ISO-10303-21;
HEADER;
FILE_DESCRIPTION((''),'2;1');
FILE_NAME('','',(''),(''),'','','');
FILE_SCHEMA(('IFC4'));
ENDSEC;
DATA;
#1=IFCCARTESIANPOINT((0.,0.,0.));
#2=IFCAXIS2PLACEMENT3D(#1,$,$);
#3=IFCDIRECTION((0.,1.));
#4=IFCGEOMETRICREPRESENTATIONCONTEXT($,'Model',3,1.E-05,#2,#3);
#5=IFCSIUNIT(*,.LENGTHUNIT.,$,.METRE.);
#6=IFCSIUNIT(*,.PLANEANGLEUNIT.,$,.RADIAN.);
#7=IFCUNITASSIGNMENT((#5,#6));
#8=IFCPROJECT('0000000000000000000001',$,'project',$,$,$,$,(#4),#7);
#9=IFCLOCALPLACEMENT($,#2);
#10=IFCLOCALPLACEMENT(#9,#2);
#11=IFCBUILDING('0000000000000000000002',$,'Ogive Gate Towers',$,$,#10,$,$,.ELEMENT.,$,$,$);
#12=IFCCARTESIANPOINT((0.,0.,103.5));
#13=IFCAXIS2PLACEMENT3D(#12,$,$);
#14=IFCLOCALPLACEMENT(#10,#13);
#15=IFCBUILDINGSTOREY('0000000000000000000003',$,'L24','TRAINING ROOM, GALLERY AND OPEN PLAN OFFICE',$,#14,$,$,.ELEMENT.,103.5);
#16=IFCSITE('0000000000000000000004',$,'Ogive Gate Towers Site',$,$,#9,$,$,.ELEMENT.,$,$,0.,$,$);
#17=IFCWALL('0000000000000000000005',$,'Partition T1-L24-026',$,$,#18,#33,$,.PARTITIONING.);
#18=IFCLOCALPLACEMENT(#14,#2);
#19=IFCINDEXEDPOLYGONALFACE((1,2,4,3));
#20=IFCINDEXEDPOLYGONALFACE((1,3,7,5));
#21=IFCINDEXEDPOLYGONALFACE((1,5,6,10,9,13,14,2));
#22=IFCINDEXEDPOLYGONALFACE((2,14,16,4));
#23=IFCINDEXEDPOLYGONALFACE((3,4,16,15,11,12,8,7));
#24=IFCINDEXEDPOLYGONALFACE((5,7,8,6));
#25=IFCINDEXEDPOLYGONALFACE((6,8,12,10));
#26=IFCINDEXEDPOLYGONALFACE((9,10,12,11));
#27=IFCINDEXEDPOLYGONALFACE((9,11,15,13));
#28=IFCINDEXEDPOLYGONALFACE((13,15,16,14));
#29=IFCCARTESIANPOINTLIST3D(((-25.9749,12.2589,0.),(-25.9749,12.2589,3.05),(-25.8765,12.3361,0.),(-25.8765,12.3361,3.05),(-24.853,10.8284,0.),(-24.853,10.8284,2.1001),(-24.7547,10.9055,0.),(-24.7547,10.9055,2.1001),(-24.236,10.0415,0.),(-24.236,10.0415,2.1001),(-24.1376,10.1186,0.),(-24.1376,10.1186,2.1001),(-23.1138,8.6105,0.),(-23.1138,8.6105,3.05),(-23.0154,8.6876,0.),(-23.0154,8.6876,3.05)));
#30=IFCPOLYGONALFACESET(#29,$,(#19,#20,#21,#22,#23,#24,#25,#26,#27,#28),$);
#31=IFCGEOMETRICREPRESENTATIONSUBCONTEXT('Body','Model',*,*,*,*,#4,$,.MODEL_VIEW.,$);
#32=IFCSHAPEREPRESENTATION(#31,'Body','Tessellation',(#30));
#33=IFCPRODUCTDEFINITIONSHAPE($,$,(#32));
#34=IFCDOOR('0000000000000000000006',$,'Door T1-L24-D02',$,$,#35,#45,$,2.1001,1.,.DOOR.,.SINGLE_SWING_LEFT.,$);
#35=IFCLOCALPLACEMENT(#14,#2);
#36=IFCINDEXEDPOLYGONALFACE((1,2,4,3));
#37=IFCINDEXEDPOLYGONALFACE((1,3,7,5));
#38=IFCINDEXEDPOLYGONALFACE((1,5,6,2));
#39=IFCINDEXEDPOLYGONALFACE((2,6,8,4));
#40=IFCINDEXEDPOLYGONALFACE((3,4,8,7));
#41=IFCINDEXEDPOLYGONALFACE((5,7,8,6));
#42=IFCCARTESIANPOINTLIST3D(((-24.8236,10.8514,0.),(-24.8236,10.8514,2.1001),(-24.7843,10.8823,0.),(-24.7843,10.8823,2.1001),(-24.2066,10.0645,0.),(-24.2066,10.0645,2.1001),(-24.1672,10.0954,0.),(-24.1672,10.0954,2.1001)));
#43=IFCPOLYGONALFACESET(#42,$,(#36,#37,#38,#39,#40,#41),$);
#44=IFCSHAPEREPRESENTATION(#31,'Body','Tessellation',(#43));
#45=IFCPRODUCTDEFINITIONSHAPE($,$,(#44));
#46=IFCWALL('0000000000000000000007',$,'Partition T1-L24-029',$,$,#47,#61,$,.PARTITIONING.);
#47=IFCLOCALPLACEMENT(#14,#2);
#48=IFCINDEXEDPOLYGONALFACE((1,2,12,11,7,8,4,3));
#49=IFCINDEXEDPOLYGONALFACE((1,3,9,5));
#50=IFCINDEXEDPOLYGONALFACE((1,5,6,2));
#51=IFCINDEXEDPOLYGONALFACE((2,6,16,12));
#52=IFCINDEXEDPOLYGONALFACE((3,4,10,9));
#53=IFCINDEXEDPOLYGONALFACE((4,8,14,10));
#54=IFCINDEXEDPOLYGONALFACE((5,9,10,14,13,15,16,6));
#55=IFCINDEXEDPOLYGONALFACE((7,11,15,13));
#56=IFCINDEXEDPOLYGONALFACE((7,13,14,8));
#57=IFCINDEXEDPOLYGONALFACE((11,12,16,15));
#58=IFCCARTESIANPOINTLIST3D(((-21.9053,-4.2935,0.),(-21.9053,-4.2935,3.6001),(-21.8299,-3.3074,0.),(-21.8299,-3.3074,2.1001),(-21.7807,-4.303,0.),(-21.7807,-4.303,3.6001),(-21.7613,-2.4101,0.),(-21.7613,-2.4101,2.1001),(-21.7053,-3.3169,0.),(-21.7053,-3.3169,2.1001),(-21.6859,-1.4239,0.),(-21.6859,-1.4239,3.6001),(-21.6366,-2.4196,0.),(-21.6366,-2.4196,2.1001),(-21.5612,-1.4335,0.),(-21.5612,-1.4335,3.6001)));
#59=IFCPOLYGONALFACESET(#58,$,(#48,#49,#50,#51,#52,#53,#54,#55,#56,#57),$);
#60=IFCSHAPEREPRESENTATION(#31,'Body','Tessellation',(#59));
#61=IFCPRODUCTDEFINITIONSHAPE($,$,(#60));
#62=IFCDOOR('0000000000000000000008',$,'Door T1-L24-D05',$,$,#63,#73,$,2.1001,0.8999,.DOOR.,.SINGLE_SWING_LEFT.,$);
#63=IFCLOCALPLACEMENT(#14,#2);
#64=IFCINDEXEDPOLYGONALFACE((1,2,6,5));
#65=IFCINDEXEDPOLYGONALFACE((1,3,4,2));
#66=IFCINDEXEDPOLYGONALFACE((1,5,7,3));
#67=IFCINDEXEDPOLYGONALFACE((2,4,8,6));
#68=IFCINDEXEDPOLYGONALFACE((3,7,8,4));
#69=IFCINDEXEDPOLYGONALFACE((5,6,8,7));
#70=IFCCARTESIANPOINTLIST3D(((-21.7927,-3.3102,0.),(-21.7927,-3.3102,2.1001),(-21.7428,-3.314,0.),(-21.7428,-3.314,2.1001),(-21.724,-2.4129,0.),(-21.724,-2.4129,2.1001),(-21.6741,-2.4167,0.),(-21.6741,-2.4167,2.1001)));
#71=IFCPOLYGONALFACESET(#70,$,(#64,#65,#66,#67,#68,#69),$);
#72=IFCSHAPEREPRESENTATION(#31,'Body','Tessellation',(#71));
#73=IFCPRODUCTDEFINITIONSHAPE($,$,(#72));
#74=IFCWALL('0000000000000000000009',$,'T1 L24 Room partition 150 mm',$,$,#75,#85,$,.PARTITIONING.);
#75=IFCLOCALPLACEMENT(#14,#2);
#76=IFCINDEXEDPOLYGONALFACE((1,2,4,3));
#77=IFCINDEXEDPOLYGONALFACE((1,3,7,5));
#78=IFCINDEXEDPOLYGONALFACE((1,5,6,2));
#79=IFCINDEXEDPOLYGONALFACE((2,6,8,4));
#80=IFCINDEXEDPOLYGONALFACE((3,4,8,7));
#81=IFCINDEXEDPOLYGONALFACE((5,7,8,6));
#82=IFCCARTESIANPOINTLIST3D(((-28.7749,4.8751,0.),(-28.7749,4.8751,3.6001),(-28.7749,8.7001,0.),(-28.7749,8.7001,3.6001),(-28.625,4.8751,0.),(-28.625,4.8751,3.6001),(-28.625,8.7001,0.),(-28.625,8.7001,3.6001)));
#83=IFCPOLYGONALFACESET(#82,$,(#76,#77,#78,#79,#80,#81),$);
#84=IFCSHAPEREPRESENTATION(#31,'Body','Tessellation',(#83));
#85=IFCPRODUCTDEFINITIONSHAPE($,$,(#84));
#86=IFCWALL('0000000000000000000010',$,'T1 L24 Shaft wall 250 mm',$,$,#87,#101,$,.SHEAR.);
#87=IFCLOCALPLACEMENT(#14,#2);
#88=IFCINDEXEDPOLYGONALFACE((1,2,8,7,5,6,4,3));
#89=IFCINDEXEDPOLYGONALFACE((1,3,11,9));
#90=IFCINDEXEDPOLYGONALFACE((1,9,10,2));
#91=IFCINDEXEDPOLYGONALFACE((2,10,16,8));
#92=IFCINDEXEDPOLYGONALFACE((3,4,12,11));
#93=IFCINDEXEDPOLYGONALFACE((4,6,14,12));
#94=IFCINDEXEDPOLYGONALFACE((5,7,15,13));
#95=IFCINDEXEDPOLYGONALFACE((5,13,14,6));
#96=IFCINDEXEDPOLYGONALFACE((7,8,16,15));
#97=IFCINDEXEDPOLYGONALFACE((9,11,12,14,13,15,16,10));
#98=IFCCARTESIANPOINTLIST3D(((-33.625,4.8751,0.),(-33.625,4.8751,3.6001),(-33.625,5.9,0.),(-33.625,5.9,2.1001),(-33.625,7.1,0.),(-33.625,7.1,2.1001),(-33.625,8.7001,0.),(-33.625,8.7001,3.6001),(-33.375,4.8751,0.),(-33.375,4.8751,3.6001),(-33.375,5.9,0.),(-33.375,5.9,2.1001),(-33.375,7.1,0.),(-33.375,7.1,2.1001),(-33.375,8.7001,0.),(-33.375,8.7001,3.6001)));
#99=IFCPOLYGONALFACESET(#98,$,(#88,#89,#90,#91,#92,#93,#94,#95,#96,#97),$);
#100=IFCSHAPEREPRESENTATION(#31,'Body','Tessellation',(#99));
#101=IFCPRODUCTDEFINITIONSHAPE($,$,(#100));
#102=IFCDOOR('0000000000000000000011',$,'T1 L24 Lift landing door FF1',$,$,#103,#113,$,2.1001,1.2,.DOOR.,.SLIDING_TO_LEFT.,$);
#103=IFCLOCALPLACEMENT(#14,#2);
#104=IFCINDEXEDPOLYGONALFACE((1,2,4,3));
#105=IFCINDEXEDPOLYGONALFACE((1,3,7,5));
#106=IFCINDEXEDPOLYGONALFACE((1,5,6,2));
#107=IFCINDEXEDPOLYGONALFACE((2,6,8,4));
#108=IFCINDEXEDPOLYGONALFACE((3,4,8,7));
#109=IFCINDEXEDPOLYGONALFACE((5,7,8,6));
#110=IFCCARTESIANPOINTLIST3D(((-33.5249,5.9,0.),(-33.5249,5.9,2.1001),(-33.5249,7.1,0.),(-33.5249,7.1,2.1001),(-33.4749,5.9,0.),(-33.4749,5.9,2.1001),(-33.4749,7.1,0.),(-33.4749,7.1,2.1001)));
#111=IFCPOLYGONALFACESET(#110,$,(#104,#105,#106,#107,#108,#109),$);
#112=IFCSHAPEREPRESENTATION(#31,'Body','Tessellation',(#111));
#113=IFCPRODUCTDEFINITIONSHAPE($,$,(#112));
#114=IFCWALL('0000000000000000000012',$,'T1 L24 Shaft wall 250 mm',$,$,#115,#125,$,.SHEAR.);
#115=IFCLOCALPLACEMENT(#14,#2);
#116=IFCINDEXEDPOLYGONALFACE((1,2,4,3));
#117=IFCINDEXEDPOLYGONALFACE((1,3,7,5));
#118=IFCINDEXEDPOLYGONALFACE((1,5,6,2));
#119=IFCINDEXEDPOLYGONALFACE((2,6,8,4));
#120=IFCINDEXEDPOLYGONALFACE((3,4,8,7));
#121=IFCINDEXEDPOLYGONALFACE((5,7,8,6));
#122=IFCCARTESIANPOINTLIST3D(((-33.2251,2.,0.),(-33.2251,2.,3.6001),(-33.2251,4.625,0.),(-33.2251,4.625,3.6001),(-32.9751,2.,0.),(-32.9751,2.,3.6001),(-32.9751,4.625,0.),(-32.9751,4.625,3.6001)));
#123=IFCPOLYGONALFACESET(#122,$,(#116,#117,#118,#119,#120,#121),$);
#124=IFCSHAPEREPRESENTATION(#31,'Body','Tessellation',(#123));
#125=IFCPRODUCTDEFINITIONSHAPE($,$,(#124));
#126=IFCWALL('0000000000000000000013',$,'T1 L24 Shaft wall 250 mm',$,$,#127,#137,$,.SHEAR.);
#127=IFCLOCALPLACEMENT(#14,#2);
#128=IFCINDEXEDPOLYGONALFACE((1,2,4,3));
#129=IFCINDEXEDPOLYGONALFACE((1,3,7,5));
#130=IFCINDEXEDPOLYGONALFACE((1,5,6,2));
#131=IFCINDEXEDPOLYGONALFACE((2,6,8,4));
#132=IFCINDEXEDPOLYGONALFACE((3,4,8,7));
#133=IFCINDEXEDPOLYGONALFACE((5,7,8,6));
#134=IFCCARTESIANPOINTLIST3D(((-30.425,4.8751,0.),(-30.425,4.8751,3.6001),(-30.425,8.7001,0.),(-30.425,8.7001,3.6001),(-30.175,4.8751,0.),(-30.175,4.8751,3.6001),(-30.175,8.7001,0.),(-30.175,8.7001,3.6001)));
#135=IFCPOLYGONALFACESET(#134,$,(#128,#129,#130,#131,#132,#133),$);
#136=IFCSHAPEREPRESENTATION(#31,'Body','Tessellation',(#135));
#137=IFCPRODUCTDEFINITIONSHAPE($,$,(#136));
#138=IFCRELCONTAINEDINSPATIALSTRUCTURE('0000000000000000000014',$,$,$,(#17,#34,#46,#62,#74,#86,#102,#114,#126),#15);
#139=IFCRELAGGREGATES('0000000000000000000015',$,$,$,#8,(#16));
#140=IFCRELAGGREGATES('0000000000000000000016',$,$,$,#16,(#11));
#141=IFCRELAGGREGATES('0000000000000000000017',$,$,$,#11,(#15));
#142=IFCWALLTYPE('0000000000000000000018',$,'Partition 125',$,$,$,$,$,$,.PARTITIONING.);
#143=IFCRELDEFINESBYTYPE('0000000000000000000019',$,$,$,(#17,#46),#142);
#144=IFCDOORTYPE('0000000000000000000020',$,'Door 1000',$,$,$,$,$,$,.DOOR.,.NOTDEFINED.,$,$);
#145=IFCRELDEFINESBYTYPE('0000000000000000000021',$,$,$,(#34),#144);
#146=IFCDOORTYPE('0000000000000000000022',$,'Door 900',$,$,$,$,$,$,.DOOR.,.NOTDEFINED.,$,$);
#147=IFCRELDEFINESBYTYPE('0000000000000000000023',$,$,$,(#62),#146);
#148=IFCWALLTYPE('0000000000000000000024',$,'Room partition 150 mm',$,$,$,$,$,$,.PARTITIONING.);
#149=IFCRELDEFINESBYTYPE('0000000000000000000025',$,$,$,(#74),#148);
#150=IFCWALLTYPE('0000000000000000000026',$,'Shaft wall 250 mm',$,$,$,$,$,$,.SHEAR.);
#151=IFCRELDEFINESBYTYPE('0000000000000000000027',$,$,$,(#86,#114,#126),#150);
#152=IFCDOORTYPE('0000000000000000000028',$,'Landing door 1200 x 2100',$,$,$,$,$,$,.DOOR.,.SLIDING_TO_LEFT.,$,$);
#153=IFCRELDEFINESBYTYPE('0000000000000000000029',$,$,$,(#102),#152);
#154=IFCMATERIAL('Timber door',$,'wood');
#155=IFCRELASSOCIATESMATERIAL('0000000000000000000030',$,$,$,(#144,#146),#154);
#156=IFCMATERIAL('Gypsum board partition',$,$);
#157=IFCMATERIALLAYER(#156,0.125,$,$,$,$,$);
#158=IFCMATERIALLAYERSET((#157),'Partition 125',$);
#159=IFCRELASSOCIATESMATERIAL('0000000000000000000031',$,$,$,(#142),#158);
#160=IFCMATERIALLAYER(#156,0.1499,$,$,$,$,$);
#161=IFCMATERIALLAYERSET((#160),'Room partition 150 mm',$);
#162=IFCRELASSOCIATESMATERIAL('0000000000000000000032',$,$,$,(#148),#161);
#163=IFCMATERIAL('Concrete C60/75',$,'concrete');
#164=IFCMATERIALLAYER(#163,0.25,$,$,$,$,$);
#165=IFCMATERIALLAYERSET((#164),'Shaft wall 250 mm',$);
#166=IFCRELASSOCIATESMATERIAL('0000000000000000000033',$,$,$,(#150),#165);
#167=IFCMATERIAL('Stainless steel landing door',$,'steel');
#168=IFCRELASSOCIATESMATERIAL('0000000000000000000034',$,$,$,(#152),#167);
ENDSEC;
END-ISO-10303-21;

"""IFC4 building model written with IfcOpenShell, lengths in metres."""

from ifc_helpers import new_model, si_unit, direction, frame, frame_2d, origin, place, context, subcontext, project, spatial, rectangle, extrude, material, layer, layer_set, type_object, element, fill, save


model = new_model("IFC4")

# Units and contexts
model_context = context("Model", 3, precision=1e-05, world=origin(), true_north=direction((0.0, 1.0)))
body_context = subcontext(model_context, "Body", "Model", "MODEL_VIEW")
ifc_project = project(units=[si_unit("LENGTHUNIT", "METRE"), si_unit("PLANEANGLEUNIT", "RADIAN")], contexts=[model_context])

# Site, building, storey
site_placement = place(None, origin())
site = spatial("IfcSite", under=ifc_project, at=site_placement, Name="Ogive Gate Towers Site", CompositionType="ELEMENT", RefElevation=0.0)
building_placement = place(site_placement, origin())
building = spatial("IfcBuilding", under=site, at=building_placement, Name="Ogive Gate Towers", CompositionType="ELEMENT")
storey_placement = place(building_placement, frame((0.0, 0.0, 103.5)))
storey = spatial("IfcBuildingStorey", under=building, at=storey_placement, Name="L24", Description="TRAINING ROOM, GALLERY AND OPEN PLAN OFFICE", CompositionType="ELEMENT", Elevation=103.5)

# Shared definitions
ifc_material_1 = material(Name="Timber door", Category="wood")
door_type_1 = type_object("IfcDoorType", Name="Door 1000", OperationType="NOTDEFINED", PredefinedType="DOOR", material=ifc_material_1)

# Shared definitions
ifc_material_2 = material(Name="Gypsum board partition")
ifc_layer_1 = layer(ifc_material_2, 0.125)
ifc_layer_set_1 = layer_set([ifc_layer_1], Name="Partition 125")
wall_type_1 = type_object("IfcWallType", Name="Partition 125", PredefinedType="PARTITIONING", material=ifc_layer_set_1)

# Walls, openings, doors
wall_1_placement = place(storey_placement, frame((-25.9258, 12.2976, 0.0), z_axis=(0.0, 0.0, 1.0), x_axis=(0.617082, -0.786899, 0.0)))
wall_1 = element("IfcWall", 1, at=wall_1_placement, inside=storey, type_object=wall_type_1, Name="Partition T1-L24-026", PredefinedType="PARTITIONING", context=body_context, shape_type="SweptSolid", body=[
    extrude(rectangle(XDim=4.6365, YDim=0.125, at=frame_2d((2.3184, 0.0))), origin(), (0.0, 0.0, 1.0), 3.05),
])
opening_1_placement = place(wall_1_placement, frame((1.8181, 0.0, 0.0)))
opening_1 = element("IfcOpeningElement", 2, at=opening_1_placement, cuts=wall_1, PredefinedType="OPENING", context=body_context, shape_type="SweptSolid", body=[
    extrude(rectangle(XDim=1.0, YDim=2.1001, at=frame_2d((0.5, 1.05))), frame((0.0, 0.0725, 0.0), z_axis=(0.0, -1.0, 0.0), x_axis=(1.0, 0.0, 0.0)), (0.0, 0.0, 1.0), 0.145),
])
door_1_placement = place(opening_1_placement, origin())
door_1 = element("IfcDoor", 3, at=door_1_placement, inside=storey, type_object=door_type_1, Name="Door T1-L24-D02", OperationType="SINGLE_SWING_LEFT", OverallHeight=2.1001, OverallWidth=1.0, PredefinedType="DOOR", context=body_context, shape_type="SweptSolid", body=[
    extrude(rectangle(XDim=1.0, YDim=2.1001, at=frame_2d((0.5, 1.05))), frame((0.0, 0.0249, 0.0), z_axis=(0.0, -1.0, 0.0), x_axis=(1.0, 0.0, 0.0)), (0.0, 0.0, 1.0), 0.05),
])
fill(opening_1, door_1)
wall_2_placement = place(storey_placement, frame((-21.6235, -1.4287, 0.0), z_axis=(0.0, 0.0, 1.0), x_axis=(-0.076262, -0.997088, 0.0)))
wall_2 = element("IfcWall", 4, at=wall_2_placement, inside=storey, type_object=wall_type_1, Name="Partition T1-L24-029", PredefinedType="PARTITIONING", context=body_context, shape_type="SweptSolid", body=[
    extrude(rectangle(XDim=2.8779, YDim=0.125, at=frame_2d((1.439, 0.0))), origin(), (0.0, 0.0, 1.0), 3.6001),
])
opening_2_placement = place(wall_2_placement, frame((0.989, 0.0, 0.0)))
opening_2 = element("IfcOpeningElement", 5, at=opening_2_placement, cuts=wall_2, PredefinedType="OPENING", context=body_context, shape_type="SweptSolid", body=[
    extrude(rectangle(XDim=0.8999, YDim=2.1001, at=frame_2d((0.45, 1.05))), frame((0.0, 0.0725, 0.0), z_axis=(0.0, -1.0, 0.0), x_axis=(1.0, 0.0, 0.0)), (0.0, 0.0, 1.0), 0.145),
])
door_type_2 = type_object("IfcDoorType", Name="Door 900", OperationType="NOTDEFINED", PredefinedType="DOOR", material=ifc_material_1)
door_2_placement = place(opening_2_placement, origin())
door_2 = element("IfcDoor", 6, at=door_2_placement, inside=storey, type_object=door_type_2, Name="Door T1-L24-D05", OperationType="SINGLE_SWING_LEFT", OverallHeight=2.1001, OverallWidth=0.8999, PredefinedType="DOOR", context=body_context, shape_type="SweptSolid", body=[
    extrude(rectangle(XDim=0.8999, YDim=2.1001, at=frame_2d((0.45, 1.05))), frame((0.0, 0.0249, 0.0), z_axis=(0.0, -1.0, 0.0), x_axis=(1.0, 0.0, 0.0)), (0.0, 0.0, 1.0), 0.05),
])
fill(opening_2, door_2)

# Wall
ifc_layer_2 = layer(ifc_material_2, 0.1499)
ifc_layer_set_2 = layer_set([ifc_layer_2], Name="Room partition 150 mm")
wall_type_2 = type_object("IfcWallType", Name="Room partition 150 mm", PredefinedType="PARTITIONING", material=ifc_layer_set_2)
wall_3_placement = place(storey_placement, frame((-28.7, 4.875, 0.0), z_axis=(0.0, 0.0, 1.0), x_axis=(0.0, 1.0, 0.0)))
element("IfcWall", 7, at=wall_3_placement, inside=storey, type_object=wall_type_2, Name="T1 L24 Room partition 150 mm", PredefinedType="PARTITIONING", context=body_context, shape_type="SweptSolid", body=[
    extrude(rectangle(XDim=3.825, YDim=0.1499, at=frame_2d((1.9126, 0.0))), origin(), (0.0, 0.0, 1.0), 3.6001),
])

# Wall, opening, door
ifc_material_3 = material(Name="Concrete C60/75", Category="concrete")
ifc_layer_3 = layer(ifc_material_3, 0.25)
ifc_layer_set_3 = layer_set([ifc_layer_3], Name="Shaft wall 250 mm")
wall_type_3 = type_object("IfcWallType", Name="Shaft wall 250 mm", PredefinedType="SHEAR", material=ifc_layer_set_3)
wall_4_placement = place(storey_placement, frame((-33.5, 4.875, 0.0), z_axis=(0.0, 0.0, 1.0), x_axis=(0.0, 1.0, 0.0)))
wall_4 = element("IfcWall", 8, at=wall_4_placement, inside=storey, type_object=wall_type_3, Name="T1 L24 Shaft wall 250 mm", PredefinedType="SHEAR", context=body_context, shape_type="SweptSolid", body=[
    extrude(rectangle(XDim=3.825, YDim=0.25, at=frame_2d((1.9126, 0.0))), origin(), (0.0, 0.0, 1.0), 3.6001),
])
opening_3_placement = place(wall_4_placement, frame((1.0249, 0.0, 0.0)))
opening_3 = element("IfcOpeningElement", 9, at=opening_3_placement, cuts=wall_4, PredefinedType="OPENING", context=body_context, shape_type="SweptSolid", body=[
    extrude(rectangle(XDim=1.2, YDim=2.1001, at=frame_2d((0.6001, 1.05))), frame((0.0, 0.135, 0.0), z_axis=(0.0, -1.0, 0.0), x_axis=(1.0, 0.0, 0.0)), (0.0, 0.0, 1.0), 0.27),
])
ifc_material_4 = material(Name="Stainless steel landing door", Category="steel")
door_type_3 = type_object("IfcDoorType", Name="Landing door 1200 x 2100", OperationType="SLIDING_TO_LEFT", PredefinedType="DOOR", material=ifc_material_4)
door_3_placement = place(opening_3_placement, origin())
door_3 = element("IfcDoor", 10, at=door_3_placement, inside=storey, type_object=door_type_3, Name="T1 L24 Lift landing door FF1", OperationType="SLIDING_TO_LEFT", OverallHeight=2.1001, OverallWidth=1.2, PredefinedType="DOOR", context=body_context, shape_type="SweptSolid", body=[
    extrude(rectangle(XDim=1.2, YDim=2.1001, at=frame_2d((0.6001, 1.05))), frame((0.0, 0.0249, 0.0), z_axis=(0.0, -1.0, 0.0), x_axis=(1.0, 0.0, 0.0)), (0.0, 0.0, 1.0), 0.05),
])
fill(opening_3, door_3)

# Walls
wall_5_placement = place(storey_placement, frame((-33.1001, 2.0, 0.0), z_axis=(0.0, 0.0, 1.0), x_axis=(0.0, 1.0, 0.0)))
element("IfcWall", 11, at=wall_5_placement, inside=storey, type_object=wall_type_3, Name="T1 L24 Shaft wall 250 mm", PredefinedType="SHEAR", context=body_context, shape_type="SweptSolid", body=[
    extrude(rectangle(XDim=2.625, YDim=0.25, at=frame_2d((1.3125, 0.0))), origin(), (0.0, 0.0, 1.0), 3.6001),
])
wall_6_placement = place(storey_placement, frame((-30.3, 4.875, 0.0), z_axis=(0.0, 0.0, 1.0), x_axis=(0.0, 1.0, 0.0)))
element("IfcWall", 12, at=wall_6_placement, inside=storey, type_object=wall_type_3, Name="T1 L24 Shaft wall 250 mm", PredefinedType="SHEAR", context=body_context, shape_type="SweptSolid", body=[
    extrude(rectangle(XDim=3.825, YDim=0.25, at=frame_2d((1.9126, 0.0))), origin(), (0.0, 0.0, 1.0), 3.6001),
])

save(model, "model.ifc")
